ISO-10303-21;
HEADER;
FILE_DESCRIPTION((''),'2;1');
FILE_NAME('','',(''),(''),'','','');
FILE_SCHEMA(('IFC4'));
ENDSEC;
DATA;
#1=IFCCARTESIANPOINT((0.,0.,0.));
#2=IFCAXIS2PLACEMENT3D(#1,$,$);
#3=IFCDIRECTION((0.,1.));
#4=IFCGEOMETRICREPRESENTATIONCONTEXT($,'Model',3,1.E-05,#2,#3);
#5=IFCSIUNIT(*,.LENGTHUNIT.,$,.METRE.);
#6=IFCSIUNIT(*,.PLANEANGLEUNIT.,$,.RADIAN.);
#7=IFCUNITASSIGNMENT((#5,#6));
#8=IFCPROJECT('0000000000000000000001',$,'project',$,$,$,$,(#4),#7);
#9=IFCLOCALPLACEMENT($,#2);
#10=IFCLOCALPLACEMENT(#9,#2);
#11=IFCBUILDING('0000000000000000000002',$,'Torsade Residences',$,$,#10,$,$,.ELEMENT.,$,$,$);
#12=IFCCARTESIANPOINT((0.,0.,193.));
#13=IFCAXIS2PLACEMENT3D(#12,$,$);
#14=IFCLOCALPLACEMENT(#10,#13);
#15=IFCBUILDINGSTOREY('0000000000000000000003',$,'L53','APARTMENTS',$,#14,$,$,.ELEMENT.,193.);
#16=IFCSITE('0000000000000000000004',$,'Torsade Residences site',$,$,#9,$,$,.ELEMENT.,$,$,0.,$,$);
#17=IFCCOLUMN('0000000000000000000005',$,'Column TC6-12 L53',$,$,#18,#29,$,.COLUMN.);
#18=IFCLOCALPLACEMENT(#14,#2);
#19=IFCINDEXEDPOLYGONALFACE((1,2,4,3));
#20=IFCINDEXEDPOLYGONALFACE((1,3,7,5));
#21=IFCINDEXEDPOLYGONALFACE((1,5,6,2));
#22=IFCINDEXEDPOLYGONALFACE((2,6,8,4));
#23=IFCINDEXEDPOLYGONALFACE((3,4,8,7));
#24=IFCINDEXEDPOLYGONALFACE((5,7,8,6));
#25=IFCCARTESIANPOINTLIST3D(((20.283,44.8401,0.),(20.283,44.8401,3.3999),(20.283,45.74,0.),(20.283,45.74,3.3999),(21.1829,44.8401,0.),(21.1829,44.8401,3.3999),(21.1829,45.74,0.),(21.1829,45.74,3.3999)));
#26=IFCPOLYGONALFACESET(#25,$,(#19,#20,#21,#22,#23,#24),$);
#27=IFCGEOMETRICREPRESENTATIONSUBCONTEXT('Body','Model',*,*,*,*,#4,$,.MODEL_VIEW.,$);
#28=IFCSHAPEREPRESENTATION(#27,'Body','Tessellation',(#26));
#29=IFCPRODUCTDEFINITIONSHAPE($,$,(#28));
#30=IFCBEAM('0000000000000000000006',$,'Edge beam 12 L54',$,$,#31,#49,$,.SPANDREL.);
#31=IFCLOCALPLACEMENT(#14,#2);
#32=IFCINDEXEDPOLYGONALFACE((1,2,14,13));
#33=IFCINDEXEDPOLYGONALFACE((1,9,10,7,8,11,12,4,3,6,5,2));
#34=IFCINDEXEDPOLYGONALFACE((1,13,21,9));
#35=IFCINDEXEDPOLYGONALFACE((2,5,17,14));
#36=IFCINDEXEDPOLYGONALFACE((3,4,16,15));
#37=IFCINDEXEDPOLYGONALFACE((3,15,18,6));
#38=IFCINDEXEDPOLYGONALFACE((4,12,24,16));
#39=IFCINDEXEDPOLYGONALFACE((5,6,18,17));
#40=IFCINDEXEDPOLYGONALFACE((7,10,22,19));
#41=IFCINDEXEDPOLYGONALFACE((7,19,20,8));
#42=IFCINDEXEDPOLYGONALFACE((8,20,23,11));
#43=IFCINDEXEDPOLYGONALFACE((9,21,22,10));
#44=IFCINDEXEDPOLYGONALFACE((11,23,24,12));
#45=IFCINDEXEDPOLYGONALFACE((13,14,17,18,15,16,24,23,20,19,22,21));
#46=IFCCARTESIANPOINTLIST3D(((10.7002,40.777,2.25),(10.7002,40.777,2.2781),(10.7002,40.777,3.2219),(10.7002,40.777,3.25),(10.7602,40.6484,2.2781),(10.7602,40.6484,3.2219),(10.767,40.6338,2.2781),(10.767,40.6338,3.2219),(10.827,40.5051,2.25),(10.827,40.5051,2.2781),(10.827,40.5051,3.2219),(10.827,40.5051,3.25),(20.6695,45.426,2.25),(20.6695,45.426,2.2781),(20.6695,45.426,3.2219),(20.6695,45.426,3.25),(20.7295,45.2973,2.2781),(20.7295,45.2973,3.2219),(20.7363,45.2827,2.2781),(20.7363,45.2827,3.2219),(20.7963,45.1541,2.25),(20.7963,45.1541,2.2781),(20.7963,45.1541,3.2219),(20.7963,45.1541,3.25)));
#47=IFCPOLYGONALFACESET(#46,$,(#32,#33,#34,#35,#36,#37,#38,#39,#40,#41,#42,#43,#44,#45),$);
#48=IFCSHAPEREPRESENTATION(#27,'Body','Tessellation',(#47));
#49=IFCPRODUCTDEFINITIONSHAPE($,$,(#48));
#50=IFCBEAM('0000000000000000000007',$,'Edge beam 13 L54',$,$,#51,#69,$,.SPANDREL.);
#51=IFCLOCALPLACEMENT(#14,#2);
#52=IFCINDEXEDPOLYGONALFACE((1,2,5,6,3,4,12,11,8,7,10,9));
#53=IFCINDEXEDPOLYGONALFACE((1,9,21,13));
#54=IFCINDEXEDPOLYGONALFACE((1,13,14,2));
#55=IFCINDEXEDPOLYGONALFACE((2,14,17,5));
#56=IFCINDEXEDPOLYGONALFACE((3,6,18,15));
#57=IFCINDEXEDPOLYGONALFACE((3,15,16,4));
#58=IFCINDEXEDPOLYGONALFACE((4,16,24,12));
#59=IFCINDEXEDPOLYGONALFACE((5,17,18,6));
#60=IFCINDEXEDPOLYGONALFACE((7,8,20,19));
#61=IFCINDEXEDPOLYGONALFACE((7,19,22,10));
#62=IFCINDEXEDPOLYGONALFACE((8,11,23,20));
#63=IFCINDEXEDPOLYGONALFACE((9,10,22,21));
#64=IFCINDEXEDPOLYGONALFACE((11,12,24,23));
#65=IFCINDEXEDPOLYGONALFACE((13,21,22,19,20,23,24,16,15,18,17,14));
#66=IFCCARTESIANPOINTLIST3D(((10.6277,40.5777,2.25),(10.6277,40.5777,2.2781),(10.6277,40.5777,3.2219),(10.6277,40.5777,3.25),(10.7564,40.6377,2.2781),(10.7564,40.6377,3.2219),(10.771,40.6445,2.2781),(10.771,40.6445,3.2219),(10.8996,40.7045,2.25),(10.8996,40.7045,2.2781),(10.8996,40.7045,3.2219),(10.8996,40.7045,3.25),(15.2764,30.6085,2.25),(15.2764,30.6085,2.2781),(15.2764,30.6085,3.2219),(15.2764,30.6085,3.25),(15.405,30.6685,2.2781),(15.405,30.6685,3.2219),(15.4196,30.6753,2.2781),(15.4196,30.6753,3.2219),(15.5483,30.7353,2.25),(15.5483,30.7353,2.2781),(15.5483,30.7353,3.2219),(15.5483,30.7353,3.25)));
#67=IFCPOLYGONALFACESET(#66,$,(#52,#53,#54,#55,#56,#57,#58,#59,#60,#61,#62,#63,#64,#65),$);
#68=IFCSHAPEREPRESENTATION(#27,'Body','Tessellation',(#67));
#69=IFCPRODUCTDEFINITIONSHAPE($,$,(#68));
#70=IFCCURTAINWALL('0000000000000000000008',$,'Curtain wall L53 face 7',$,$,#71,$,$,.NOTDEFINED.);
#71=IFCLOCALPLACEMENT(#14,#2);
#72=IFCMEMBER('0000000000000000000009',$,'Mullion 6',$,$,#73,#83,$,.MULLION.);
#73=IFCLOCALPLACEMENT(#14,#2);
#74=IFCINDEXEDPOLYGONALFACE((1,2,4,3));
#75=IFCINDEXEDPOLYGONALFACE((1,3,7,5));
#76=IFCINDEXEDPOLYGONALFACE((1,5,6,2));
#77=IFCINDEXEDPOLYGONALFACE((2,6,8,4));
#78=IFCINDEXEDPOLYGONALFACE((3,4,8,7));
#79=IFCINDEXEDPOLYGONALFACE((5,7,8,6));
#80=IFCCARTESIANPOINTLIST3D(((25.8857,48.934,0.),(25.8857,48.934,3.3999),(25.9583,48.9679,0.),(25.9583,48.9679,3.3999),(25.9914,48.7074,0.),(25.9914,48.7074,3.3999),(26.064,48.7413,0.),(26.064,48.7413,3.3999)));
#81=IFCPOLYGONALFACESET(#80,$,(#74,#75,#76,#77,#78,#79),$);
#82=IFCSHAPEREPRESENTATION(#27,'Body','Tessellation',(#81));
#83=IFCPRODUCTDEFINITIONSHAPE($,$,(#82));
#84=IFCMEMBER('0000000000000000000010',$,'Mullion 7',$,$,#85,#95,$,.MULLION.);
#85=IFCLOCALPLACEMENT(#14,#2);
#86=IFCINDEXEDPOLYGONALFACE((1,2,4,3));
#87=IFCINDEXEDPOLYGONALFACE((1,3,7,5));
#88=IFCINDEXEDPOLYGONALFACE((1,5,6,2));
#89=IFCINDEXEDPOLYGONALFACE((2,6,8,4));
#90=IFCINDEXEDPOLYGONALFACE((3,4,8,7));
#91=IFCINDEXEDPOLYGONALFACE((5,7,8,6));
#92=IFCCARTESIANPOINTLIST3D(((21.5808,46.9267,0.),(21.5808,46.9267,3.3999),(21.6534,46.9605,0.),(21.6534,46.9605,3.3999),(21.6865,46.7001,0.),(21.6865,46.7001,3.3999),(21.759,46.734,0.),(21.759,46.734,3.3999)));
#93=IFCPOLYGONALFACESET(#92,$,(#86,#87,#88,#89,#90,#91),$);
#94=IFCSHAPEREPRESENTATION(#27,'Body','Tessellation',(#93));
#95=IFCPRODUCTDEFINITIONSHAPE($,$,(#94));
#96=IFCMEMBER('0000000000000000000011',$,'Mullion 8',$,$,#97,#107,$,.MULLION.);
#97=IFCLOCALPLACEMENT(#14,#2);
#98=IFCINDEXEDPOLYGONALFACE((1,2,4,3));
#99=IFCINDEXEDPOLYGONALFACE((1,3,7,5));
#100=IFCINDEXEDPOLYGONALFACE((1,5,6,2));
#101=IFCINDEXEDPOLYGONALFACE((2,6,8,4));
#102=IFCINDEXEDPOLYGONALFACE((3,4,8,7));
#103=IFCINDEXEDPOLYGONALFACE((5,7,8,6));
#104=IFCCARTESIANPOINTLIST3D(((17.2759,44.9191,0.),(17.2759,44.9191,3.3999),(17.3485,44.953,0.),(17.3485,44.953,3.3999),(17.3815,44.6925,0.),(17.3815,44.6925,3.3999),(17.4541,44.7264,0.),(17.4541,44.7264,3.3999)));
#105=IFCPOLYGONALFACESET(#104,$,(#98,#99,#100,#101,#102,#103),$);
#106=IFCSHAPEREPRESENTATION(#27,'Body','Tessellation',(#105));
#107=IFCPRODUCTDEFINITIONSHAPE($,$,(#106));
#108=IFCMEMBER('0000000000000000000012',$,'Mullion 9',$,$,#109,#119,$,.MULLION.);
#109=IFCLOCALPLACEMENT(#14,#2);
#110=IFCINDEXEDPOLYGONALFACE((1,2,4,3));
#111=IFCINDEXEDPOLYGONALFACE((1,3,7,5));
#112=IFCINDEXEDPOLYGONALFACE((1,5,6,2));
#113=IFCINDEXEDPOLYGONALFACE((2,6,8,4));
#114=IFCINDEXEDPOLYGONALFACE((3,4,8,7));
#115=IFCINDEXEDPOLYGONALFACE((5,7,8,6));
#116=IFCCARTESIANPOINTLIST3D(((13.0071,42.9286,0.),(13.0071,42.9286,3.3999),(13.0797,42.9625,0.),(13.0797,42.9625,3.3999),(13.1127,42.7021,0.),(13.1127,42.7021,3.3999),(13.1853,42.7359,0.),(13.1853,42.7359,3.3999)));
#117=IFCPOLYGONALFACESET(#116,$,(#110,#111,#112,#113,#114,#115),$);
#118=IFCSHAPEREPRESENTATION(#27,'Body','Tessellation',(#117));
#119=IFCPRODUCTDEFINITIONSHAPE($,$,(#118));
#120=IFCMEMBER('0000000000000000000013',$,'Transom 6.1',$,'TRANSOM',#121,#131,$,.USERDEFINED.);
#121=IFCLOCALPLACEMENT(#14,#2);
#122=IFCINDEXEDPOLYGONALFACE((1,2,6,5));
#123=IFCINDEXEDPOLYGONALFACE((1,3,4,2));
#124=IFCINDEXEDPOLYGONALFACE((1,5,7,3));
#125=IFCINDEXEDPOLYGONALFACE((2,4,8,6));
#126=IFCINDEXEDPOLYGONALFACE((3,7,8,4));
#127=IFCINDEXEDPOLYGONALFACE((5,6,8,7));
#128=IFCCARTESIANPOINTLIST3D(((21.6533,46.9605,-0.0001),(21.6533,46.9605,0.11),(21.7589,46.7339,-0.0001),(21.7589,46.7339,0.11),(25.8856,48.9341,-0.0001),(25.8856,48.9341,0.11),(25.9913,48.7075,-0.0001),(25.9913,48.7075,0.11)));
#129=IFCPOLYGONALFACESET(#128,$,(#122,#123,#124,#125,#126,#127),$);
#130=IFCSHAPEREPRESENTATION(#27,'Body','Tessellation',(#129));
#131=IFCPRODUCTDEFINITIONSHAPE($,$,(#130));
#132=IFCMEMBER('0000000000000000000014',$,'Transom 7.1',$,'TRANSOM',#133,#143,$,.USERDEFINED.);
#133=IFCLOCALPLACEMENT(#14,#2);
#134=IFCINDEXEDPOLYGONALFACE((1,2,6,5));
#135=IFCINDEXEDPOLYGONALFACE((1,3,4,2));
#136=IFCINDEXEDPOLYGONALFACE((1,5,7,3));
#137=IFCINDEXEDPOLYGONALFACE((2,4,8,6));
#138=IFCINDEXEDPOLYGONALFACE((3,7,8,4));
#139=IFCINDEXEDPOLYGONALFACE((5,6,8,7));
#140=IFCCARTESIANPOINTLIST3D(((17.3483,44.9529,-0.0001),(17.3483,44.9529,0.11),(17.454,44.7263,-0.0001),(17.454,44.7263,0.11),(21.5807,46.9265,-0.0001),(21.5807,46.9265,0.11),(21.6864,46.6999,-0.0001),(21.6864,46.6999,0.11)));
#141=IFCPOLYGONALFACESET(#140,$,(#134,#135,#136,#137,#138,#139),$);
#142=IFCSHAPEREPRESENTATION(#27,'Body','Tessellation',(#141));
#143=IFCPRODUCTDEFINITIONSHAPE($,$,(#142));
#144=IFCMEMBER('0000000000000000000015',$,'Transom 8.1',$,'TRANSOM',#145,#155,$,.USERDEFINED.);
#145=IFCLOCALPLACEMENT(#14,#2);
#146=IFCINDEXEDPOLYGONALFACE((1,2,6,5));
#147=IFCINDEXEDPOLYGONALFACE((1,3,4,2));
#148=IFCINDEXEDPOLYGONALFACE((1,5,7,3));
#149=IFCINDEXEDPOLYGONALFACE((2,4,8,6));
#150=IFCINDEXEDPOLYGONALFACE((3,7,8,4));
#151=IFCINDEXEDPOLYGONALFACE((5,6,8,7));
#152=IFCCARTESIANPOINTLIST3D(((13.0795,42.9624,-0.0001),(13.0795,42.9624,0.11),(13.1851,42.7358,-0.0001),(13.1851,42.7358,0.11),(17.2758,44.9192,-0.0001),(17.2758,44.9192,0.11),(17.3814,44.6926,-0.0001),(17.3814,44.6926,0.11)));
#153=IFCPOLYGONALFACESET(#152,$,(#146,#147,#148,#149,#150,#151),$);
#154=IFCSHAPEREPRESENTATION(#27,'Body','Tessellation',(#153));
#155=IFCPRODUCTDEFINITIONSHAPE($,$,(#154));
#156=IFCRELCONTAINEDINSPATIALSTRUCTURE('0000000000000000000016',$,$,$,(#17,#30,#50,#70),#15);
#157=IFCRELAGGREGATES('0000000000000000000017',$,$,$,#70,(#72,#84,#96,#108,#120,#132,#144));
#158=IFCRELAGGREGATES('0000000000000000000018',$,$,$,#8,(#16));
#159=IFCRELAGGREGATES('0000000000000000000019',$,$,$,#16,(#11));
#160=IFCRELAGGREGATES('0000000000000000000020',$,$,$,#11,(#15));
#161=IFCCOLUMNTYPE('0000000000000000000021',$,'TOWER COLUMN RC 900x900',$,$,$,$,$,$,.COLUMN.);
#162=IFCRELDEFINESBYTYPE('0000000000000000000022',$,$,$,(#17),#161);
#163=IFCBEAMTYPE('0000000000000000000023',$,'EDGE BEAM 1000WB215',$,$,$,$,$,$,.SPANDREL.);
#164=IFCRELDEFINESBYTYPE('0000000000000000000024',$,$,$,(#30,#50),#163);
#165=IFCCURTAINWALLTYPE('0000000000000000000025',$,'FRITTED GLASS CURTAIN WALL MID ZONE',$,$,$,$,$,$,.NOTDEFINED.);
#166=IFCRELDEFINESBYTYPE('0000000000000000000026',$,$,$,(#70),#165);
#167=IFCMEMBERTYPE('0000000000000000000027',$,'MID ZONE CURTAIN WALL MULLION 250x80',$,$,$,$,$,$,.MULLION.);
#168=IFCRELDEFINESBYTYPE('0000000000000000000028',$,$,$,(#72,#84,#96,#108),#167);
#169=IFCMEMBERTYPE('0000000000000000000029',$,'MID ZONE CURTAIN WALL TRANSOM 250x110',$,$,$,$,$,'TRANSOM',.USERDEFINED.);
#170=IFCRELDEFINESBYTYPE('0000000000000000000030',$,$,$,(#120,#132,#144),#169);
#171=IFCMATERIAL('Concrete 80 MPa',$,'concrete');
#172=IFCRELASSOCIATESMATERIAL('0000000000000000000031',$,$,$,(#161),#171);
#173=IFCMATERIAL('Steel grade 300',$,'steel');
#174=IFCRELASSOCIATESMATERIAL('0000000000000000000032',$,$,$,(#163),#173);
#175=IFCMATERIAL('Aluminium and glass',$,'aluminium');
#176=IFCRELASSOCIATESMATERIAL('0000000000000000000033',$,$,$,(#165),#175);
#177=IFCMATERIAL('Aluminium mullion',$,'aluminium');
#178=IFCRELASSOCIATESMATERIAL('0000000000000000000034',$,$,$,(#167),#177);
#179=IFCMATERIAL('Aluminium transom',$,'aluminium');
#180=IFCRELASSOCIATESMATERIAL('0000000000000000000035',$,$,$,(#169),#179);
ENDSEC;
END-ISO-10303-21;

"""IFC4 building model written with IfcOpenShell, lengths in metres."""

from ifc_helpers import new_model, si_unit, direction, frame, origin, origin_2d, place, context, subcontext, project, spatial, rectangle, i_section, extrude, material, material_profile, profile_set, type_object, element, aggregate, save


model = new_model("IFC4")

# Units and contexts
model_context = context("Model", 3, precision=1e-05, world=origin(), true_north=direction((0.0, 1.0)))
body_context = subcontext(model_context, "Body", "Model", "MODEL_VIEW")
ifc_project = project(units=[si_unit("LENGTHUNIT", "METRE"), si_unit("PLANEANGLEUNIT", "RADIAN")], contexts=[model_context])

# Site, building, storey
site_placement = place(None, origin())
site = spatial("IfcSite", under=ifc_project, at=site_placement, Name="Torsade Residences site", CompositionType="ELEMENT", RefElevation=0.0)
building_placement = place(site_placement, origin())
building = spatial("IfcBuilding", under=site, at=building_placement, Name="Torsade Residences", CompositionType="ELEMENT")
storey_placement = place(building_placement, frame((0.0, 0.0, 193.0)))
storey = spatial("IfcBuildingStorey", under=building, at=storey_placement, Name="L53", Description="APARTMENTS", CompositionType="ELEMENT", Elevation=193.0)

# Column
ifc_material_1 = material(Name="Concrete 80 MPa", Category="concrete")
ifc_material_profile_1 = material_profile(ifc_material_1, rectangle(XDim=0.8999, YDim=0.8999, at=origin_2d()), Name="RC 900x900")
ifc_profile_set_1 = profile_set([ifc_material_profile_1], Name="Concrete 80 MPa")
column_type = type_object("IfcColumnType", Name="TOWER COLUMN RC 900x900", PredefinedType="COLUMN", material=ifc_profile_set_1)
column_placement = place(storey_placement, frame((20.7329, 45.29, 0.0), z_axis=(0.0, 0.0, 1.0), x_axis=(1.0, 0.0, 0.0)))
element("IfcColumn", 1, at=column_placement, inside=storey, type_object=column_type, Name="Column TC6-12 L53", PredefinedType="COLUMN", context=body_context, shape_type="SweptSolid", body=[
    extrude(rectangle(XDim=0.8999, YDim=0.8999, at=origin_2d()), origin(), (0.0, 0.0, 1.0), 3.3999),
])

# Beams
ifc_material_2 = material(Name="Steel grade 300", Category="steel")
ifc_material_profile_2 = material_profile(ifc_material_2, i_section(OverallWidth=0.3, OverallDepth=1.0, WebThickness=0.0161, FlangeThickness=0.0281, at=origin_2d()), Name="1000WB215")
ifc_profile_set_2 = profile_set([ifc_material_profile_2], Name="Steel grade 300")
beam_type_1 = type_object("IfcBeamType", Name="EDGE BEAM 1000WB215", PredefinedType="SPANDREL", material=ifc_profile_set_2)
beam_1_placement = place(storey_placement, frame((20.7329, 45.29, 2.75), z_axis=(-0.906301, -0.422633, 0.0), x_axis=(0.422633, -0.906301, 0.0)))
element("IfcBeam", 2, at=beam_1_placement, inside=storey, type_object=beam_type_1, Name="Edge beam 12 L54", PredefinedType="SPANDREL", context=body_context, shape_type="SweptSolid", body=[
    extrude(i_section(OverallWidth=0.3, OverallDepth=1.0, WebThickness=0.0161, FlangeThickness=0.0281, at=origin_2d()), origin(), (0.0, 0.0, 1.0), 11.0),
])
beam_2_placement = place(storey_placement, frame((10.7637, 40.6411, 2.75), z_axis=(0.422614, -0.90631, 0.0), x_axis=(0.90631, 0.422614, 0.0)))
element("IfcBeam", 3, at=beam_2_placement, inside=storey, type_object=beam_type_1, Name="Edge beam 13 L54", PredefinedType="SPANDREL", context=body_context, shape_type="SweptSolid", body=[
    extrude(i_section(OverallWidth=0.3, OverallDepth=1.0, WebThickness=0.0161, FlangeThickness=0.0281, at=origin_2d()), origin(), (0.0, 0.0, 1.0), 10.9998),
])

# Curtain wall, members
ifc_material_3 = material(Name="Aluminium and glass", Category="aluminium")
curtain_wall_type = type_object("IfcCurtainWallType", Name="FRITTED GLASS CURTAIN WALL MID ZONE", PredefinedType="NOTDEFINED", material=ifc_material_3)
curtain_wall_placement = place(storey_placement, origin())
curtain_wall = element("IfcCurtainWall", 4, at=curtain_wall_placement, inside=storey, type_object=curtain_wall_type, Name="Curtain wall L53 face 7", PredefinedType="NOTDEFINED")
ifc_material_4 = material(Name="Aluminium mullion", Category="aluminium")
ifc_material_profile_3 = material_profile(ifc_material_4, rectangle(XDim=0.25, YDim=0.0801, at=origin_2d()), Name="MID ZONE CURTAIN WALL MULLION 250x80")
ifc_profile_set_3 = profile_set([ifc_material_profile_3], Name="Aluminium mullion")
member_type_1 = type_object("IfcMemberType", Name="MID ZONE CURTAIN WALL MULLION 250x80", PredefinedType="MULLION", material=ifc_profile_set_3)
member_1_placement = place(storey_placement, frame((25.9749, 48.8376, 0.0), z_axis=(0.0, 0.0, 1.0), x_axis=(0.422618, -0.906308, 0.0)))
member_1 = element("IfcMember", 5, at=member_1_placement, type_object=member_type_1, Name="Mullion 6", PredefinedType="MULLION", context=body_context, shape_type="SweptSolid", body=[
    extrude(rectangle(XDim=0.25, YDim=0.0801, at=origin_2d()), origin(), (0.0, 0.0, 1.0), 3.3999),
])
member_2_placement = place(storey_placement, frame((21.6699, 46.8303, 0.0), z_axis=(0.0, 0.0, 1.0), x_axis=(0.422618, -0.906308, 0.0)))
member_2 = element("IfcMember", 6, at=member_2_placement, type_object=member_type_1, Name="Mullion 7", PredefinedType="MULLION", context=body_context, shape_type="SweptSolid", body=[
    extrude(rectangle(XDim=0.25, YDim=0.0801, at=origin_2d()), origin(), (0.0, 0.0, 1.0), 3.3999),
])
member_3_placement = place(storey_placement, frame((17.365, 44.8228, 0.0), z_axis=(0.0, 0.0, 1.0), x_axis=(0.422618, -0.906308, 0.0)))
member_3 = element("IfcMember", 7, at=member_3_placement, type_object=member_type_1, Name="Mullion 8", PredefinedType="MULLION", context=body_context, shape_type="SweptSolid", body=[
    extrude(rectangle(XDim=0.25, YDim=0.0801, at=origin_2d()), origin(), (0.0, 0.0, 1.0), 3.3999),
])
member_4_placement = place(storey_placement, frame((13.0962, 42.8323, 0.0), z_axis=(0.0, 0.0, 1.0), x_axis=(0.422618, -0.906308, 0.0)))
member_4 = element("IfcMember", 8, at=member_4_placement, type_object=member_type_1, Name="Mullion 9", PredefinedType="MULLION", context=body_context, shape_type="SweptSolid", body=[
    extrude(rectangle(XDim=0.25, YDim=0.0801, at=origin_2d()), origin(), (0.0, 0.0, 1.0), 3.3999),
])
ifc_material_5 = material(Name="Aluminium transom", Category="aluminium")
ifc_material_profile_4 = material_profile(ifc_material_5, rectangle(XDim=0.25, YDim=0.1101, at=origin_2d()), Name="MID ZONE CURTAIN WALL TRANSOM 250x110")
ifc_profile_set_4 = profile_set([ifc_material_profile_4], Name="Aluminium transom")
member_type_2 = type_object("IfcMemberType", Name="MID ZONE CURTAIN WALL TRANSOM 250x110", ElementType="TRANSOM", PredefinedType="USERDEFINED", material=ifc_profile_set_4)
member_5_placement = place(storey_placement, frame((25.9385, 48.8208, 0.0549), z_axis=(-0.906306, -0.422622, 0.0), x_axis=(0.422622, -0.906306, 0.0)))
member_5 = element("IfcMember", 9, at=member_5_placement, type_object=member_type_2, Name="Transom 6.1", ObjectType="TRANSOM", PredefinedType="USERDEFINED", context=body_context, shape_type="SweptSolid", body=[
    extrude(rectangle(XDim=0.25, YDim=0.1101, at=origin_2d()), origin(), (0.0, 0.0, 1.0), 4.6699),
])
member_6_placement = place(storey_placement, frame((21.6335, 46.8132, 0.0549), z_axis=(-0.906306, -0.422622, 0.0), x_axis=(0.422622, -0.906306, 0.0)))
member_6 = element("IfcMember", 10, at=member_6_placement, type_object=member_type_2, Name="Transom 7.1", ObjectType="TRANSOM", PredefinedType="USERDEFINED", context=body_context, shape_type="SweptSolid", body=[
    extrude(rectangle(XDim=0.25, YDim=0.1101, at=origin_2d()), origin(), (0.0, 0.0, 1.0), 4.6699),
])
member_7_placement = place(storey_placement, frame((17.3286, 44.8059, 0.0549), z_axis=(-0.906306, -0.422623, 0.0), x_axis=(0.422623, -0.906306, 0.0)))
member_7 = element("IfcMember", 11, at=member_7_placement, type_object=member_type_2, Name="Transom 8.1", ObjectType="TRANSOM", PredefinedType="USERDEFINED", context=body_context, shape_type="SweptSolid", body=[
    extrude(rectangle(XDim=0.25, YDim=0.1101, at=origin_2d()), origin(), (0.0, 0.0, 1.0), 4.6301),
])

aggregate(curtain_wall, [member_1, member_2, member_3, member_4, member_5, member_6, member_7])

save(model, "model.ifc")
